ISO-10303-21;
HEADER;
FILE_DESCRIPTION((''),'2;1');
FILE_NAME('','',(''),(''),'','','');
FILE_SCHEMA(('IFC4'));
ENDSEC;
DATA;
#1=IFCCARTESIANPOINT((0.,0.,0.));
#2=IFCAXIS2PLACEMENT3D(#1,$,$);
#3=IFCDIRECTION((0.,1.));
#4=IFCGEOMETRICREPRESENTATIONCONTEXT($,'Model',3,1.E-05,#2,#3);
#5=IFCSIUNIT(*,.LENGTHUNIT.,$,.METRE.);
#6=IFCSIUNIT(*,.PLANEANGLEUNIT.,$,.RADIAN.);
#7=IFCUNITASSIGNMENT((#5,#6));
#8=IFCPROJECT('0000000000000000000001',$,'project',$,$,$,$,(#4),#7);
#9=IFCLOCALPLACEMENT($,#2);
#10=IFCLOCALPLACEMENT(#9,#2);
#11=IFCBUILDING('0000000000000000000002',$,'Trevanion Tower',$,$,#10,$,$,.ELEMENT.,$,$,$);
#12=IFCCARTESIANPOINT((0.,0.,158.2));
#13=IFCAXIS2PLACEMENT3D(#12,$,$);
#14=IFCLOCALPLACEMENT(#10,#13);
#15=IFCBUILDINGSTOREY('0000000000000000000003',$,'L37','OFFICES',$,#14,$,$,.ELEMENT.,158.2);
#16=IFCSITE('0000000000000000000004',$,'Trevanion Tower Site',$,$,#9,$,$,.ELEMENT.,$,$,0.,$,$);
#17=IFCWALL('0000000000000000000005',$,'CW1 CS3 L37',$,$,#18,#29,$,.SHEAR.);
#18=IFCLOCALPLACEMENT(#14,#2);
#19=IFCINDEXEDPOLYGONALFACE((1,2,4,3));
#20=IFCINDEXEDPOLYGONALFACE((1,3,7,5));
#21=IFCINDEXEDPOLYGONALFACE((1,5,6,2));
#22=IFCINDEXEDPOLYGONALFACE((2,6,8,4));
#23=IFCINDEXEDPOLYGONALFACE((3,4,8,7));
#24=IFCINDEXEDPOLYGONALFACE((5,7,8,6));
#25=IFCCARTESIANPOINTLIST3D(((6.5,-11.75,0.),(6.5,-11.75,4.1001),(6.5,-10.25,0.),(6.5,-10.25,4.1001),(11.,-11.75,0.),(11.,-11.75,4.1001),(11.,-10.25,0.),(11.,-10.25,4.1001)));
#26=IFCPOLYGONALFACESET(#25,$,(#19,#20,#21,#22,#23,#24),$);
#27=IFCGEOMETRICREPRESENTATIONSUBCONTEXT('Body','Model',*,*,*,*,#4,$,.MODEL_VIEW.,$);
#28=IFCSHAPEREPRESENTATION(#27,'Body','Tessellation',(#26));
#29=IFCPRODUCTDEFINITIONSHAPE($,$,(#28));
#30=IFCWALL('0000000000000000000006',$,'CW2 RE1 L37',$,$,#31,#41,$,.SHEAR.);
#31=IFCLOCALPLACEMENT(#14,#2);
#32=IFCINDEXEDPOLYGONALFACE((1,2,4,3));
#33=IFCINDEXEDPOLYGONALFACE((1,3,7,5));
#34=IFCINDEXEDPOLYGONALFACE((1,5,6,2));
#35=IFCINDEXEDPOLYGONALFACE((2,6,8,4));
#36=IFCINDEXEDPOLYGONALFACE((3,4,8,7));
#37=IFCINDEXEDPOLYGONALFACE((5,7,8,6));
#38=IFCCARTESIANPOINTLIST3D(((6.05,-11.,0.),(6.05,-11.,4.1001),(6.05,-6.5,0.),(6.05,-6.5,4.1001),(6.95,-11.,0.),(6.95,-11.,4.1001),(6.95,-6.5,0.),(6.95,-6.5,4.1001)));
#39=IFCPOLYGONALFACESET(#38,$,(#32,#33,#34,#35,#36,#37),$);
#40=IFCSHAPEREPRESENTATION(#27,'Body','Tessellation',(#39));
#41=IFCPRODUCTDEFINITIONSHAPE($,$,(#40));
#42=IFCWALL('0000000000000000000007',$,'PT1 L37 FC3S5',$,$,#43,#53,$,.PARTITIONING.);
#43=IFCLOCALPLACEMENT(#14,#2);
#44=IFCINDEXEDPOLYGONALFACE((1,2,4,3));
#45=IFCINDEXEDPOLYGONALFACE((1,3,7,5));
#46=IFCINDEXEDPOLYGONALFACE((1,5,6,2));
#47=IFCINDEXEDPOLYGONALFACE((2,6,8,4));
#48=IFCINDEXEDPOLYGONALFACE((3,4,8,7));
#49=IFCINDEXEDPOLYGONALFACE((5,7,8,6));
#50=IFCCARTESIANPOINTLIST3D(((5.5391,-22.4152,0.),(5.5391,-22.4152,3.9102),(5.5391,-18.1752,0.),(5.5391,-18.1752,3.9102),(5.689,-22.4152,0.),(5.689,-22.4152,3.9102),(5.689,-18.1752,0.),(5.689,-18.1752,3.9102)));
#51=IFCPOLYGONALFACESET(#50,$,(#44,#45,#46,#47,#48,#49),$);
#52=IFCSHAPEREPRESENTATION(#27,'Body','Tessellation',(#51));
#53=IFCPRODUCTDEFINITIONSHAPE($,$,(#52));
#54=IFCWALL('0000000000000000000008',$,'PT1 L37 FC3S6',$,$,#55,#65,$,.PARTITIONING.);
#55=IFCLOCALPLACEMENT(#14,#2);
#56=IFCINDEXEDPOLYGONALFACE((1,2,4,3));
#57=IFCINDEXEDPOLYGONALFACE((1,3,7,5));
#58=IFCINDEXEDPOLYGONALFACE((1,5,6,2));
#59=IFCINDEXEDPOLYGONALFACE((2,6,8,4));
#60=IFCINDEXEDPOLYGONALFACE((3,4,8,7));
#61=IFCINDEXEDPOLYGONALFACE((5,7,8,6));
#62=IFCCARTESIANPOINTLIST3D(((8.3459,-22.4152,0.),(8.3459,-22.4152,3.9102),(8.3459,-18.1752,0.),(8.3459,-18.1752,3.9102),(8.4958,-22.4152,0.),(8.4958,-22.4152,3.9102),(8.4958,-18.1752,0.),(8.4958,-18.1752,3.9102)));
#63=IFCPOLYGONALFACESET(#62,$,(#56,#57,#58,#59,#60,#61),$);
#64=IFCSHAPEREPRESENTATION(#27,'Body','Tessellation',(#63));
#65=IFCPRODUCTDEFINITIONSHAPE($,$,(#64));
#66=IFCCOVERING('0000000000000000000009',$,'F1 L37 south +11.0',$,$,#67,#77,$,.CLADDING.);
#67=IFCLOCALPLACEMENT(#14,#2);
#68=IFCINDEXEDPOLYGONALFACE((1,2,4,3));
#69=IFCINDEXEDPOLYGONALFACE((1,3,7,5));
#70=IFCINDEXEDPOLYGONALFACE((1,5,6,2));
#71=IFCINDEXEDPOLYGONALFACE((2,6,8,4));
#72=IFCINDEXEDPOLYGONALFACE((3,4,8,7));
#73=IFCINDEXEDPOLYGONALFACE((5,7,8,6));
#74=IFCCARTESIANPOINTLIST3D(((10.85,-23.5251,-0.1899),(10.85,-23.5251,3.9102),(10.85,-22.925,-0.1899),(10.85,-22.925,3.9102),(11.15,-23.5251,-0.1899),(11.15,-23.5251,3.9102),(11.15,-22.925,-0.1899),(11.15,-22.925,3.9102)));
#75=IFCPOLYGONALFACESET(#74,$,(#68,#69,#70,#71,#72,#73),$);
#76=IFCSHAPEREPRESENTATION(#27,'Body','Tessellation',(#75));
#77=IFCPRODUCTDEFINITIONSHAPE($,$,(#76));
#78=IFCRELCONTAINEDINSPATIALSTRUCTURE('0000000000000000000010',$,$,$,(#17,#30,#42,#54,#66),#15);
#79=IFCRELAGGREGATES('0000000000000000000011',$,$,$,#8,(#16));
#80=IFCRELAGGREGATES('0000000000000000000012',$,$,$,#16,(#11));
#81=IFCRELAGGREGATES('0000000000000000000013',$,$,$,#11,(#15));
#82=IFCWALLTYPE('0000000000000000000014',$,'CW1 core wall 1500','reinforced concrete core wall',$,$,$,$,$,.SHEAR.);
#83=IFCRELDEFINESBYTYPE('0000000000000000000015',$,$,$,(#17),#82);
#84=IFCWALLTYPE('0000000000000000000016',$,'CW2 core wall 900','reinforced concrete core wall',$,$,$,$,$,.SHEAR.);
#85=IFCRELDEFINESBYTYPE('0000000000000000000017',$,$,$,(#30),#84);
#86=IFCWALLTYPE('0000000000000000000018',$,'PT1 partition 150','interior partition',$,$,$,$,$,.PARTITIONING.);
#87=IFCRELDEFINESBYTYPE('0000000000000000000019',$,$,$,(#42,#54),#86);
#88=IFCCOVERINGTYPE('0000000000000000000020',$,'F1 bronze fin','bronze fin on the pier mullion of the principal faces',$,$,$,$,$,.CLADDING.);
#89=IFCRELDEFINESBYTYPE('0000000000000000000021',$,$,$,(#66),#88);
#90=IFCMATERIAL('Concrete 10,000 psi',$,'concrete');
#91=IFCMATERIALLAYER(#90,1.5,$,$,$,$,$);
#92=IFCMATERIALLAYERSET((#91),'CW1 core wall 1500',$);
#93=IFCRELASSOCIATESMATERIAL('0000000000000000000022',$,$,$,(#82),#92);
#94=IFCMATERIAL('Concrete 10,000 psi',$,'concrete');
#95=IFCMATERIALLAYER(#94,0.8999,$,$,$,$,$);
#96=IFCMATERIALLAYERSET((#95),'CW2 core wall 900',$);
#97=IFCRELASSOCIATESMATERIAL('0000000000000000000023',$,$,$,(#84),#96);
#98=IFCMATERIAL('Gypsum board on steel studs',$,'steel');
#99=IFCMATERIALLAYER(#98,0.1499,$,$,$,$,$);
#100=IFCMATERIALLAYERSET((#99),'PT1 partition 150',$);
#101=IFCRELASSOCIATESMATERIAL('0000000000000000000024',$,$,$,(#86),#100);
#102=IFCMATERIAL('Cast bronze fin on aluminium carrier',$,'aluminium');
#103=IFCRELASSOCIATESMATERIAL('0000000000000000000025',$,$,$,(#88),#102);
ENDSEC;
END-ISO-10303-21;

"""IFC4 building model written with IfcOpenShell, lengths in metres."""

from ifc_helpers import new_model, si_unit, direction, frame, frame_2d, origin, origin_2d, place, context, subcontext, project, spatial, rectangle, extrude, material, layer, layer_set, type_object, element, save


model = new_model("IFC4")

# Units and contexts
model_context = context("Model", 3, precision=1e-05, world=origin(), true_north=direction((0.0, 1.0)))
body_context = subcontext(model_context, "Body", "Model", "MODEL_VIEW")
ifc_project = project(units=[si_unit("LENGTHUNIT", "METRE"), si_unit("PLANEANGLEUNIT", "RADIAN")], contexts=[model_context])

# Site, building, storey
site_placement = place(None, origin())
site = spatial("IfcSite", under=ifc_project, at=site_placement, Name="Trevanion Tower Site", CompositionType="ELEMENT", RefElevation=0.0)
building_placement = place(site_placement, origin())
building = spatial("IfcBuilding", under=site, at=building_placement, Name="Trevanion Tower", CompositionType="ELEMENT")
storey_placement = place(building_placement, frame((0.0, 0.0, 158.2)))
storey = spatial("IfcBuildingStorey", under=building, at=storey_placement, Name="L37", Description="OFFICES", CompositionType="ELEMENT", Elevation=158.2)

# Walls
ifc_material_1 = material(Name="Concrete 10,000 psi", Category="concrete")
ifc_layer_1 = layer(ifc_material_1, 1.5)
ifc_layer_set_1 = layer_set([ifc_layer_1], Name="CW1 core wall 1500")
wall_type_1 = type_object("IfcWallType", Name="CW1 core wall 1500", Description="reinforced concrete core wall", PredefinedType="SHEAR", material=ifc_layer_set_1)
wall_1_placement = place(storey_placement, frame((6.5, -11.0, 0.0), z_axis=(0.0, 0.0, 1.0), x_axis=(1.0, 0.0, 0.0)))
element("IfcWall", 1, at=wall_1_placement, inside=storey, type_object=wall_type_1, Name="CW1 CS3 L37", PredefinedType="SHEAR", context=body_context, shape_type="SweptSolid", body=[
    extrude(rectangle(XDim=4.5, YDim=1.5, at=frame_2d((2.25, 0.0))), origin(), (0.0, 0.0, 1.0), 4.1001),
])
ifc_material_2 = material(Name="Concrete 10,000 psi", Category="concrete")
ifc_layer_2 = layer(ifc_material_2, 0.8999)
ifc_layer_set_2 = layer_set([ifc_layer_2], Name="CW2 core wall 900")
wall_type_2 = type_object("IfcWallType", Name="CW2 core wall 900", Description="reinforced concrete core wall", PredefinedType="SHEAR", material=ifc_layer_set_2)
wall_2_placement = place(storey_placement, frame((6.5, -11.0, 0.0), z_axis=(0.0, 0.0, 1.0), x_axis=(0.0, 1.0, 0.0)))
element("IfcWall", 2, at=wall_2_placement, inside=storey, type_object=wall_type_2, Name="CW2 RE1 L37", PredefinedType="SHEAR", context=body_context, shape_type="SweptSolid", body=[
    extrude(rectangle(XDim=4.5, YDim=0.8999, at=frame_2d((2.25, 0.0))), origin(), (0.0, 0.0, 1.0), 4.1001),
])
ifc_material_3 = material(Name="Gypsum board on steel studs", Category="steel")
ifc_layer_3 = layer(ifc_material_3, 0.1499)
ifc_layer_set_3 = layer_set([ifc_layer_3], Name="PT1 partition 150")
wall_type_3 = type_object("IfcWallType", Name="PT1 partition 150", Description="interior partition", PredefinedType="PARTITIONING", material=ifc_layer_set_3)
for number, where, z_axis, x_axis, name in (
    (3, (5.614, -18.175, 0.0), (0.0, 0.0, 1.0), (0.0, -1.0, 0.0), "PT1 L37 FC3S5"),
    (4, (8.4209, -18.175, 0.0), (0.0, 0.0, 1.0), (0.0, -1.0, 0.0), "PT1 L37 FC3S6"),
):
    element("IfcWall", number, at=place(storey_placement, frame(where, z_axis=z_axis, x_axis=x_axis)), inside=storey, type_object=wall_type_3, Name=name, PredefinedType="PARTITIONING", context=body_context, shape_type="SweptSolid", body=[
        extrude(rectangle(XDim=4.24, YDim=0.1499, at=frame_2d((2.1201, 0.0))), origin(), (0.0, 0.0, 1.0), 3.9102),
    ])

# Covering
ifc_material_4 = material(Name="Cast bronze fin on aluminium carrier", Category="aluminium")
covering_type = type_object("IfcCoveringType", Name="F1 bronze fin", Description="bronze fin on the pier mullion of the principal faces", PredefinedType="CLADDING", material=ifc_material_4)
covering_placement = place(storey_placement, frame((11.0, -23.2251, -0.1899), z_axis=(0.0, 0.0, 1.0), x_axis=(1.0, 0.0, 0.0)))
element("IfcCovering", 5, at=covering_placement, inside=storey, type_object=covering_type, Name="F1 L37 south +11.0", PredefinedType="CLADDING", context=body_context, shape_type="SweptSolid", body=[
    extrude(rectangle(XDim=0.3, YDim=0.6001, at=origin_2d()), origin(), (0.0, 0.0, 1.0), 4.1001),
])

save(model, "model.ifc")
